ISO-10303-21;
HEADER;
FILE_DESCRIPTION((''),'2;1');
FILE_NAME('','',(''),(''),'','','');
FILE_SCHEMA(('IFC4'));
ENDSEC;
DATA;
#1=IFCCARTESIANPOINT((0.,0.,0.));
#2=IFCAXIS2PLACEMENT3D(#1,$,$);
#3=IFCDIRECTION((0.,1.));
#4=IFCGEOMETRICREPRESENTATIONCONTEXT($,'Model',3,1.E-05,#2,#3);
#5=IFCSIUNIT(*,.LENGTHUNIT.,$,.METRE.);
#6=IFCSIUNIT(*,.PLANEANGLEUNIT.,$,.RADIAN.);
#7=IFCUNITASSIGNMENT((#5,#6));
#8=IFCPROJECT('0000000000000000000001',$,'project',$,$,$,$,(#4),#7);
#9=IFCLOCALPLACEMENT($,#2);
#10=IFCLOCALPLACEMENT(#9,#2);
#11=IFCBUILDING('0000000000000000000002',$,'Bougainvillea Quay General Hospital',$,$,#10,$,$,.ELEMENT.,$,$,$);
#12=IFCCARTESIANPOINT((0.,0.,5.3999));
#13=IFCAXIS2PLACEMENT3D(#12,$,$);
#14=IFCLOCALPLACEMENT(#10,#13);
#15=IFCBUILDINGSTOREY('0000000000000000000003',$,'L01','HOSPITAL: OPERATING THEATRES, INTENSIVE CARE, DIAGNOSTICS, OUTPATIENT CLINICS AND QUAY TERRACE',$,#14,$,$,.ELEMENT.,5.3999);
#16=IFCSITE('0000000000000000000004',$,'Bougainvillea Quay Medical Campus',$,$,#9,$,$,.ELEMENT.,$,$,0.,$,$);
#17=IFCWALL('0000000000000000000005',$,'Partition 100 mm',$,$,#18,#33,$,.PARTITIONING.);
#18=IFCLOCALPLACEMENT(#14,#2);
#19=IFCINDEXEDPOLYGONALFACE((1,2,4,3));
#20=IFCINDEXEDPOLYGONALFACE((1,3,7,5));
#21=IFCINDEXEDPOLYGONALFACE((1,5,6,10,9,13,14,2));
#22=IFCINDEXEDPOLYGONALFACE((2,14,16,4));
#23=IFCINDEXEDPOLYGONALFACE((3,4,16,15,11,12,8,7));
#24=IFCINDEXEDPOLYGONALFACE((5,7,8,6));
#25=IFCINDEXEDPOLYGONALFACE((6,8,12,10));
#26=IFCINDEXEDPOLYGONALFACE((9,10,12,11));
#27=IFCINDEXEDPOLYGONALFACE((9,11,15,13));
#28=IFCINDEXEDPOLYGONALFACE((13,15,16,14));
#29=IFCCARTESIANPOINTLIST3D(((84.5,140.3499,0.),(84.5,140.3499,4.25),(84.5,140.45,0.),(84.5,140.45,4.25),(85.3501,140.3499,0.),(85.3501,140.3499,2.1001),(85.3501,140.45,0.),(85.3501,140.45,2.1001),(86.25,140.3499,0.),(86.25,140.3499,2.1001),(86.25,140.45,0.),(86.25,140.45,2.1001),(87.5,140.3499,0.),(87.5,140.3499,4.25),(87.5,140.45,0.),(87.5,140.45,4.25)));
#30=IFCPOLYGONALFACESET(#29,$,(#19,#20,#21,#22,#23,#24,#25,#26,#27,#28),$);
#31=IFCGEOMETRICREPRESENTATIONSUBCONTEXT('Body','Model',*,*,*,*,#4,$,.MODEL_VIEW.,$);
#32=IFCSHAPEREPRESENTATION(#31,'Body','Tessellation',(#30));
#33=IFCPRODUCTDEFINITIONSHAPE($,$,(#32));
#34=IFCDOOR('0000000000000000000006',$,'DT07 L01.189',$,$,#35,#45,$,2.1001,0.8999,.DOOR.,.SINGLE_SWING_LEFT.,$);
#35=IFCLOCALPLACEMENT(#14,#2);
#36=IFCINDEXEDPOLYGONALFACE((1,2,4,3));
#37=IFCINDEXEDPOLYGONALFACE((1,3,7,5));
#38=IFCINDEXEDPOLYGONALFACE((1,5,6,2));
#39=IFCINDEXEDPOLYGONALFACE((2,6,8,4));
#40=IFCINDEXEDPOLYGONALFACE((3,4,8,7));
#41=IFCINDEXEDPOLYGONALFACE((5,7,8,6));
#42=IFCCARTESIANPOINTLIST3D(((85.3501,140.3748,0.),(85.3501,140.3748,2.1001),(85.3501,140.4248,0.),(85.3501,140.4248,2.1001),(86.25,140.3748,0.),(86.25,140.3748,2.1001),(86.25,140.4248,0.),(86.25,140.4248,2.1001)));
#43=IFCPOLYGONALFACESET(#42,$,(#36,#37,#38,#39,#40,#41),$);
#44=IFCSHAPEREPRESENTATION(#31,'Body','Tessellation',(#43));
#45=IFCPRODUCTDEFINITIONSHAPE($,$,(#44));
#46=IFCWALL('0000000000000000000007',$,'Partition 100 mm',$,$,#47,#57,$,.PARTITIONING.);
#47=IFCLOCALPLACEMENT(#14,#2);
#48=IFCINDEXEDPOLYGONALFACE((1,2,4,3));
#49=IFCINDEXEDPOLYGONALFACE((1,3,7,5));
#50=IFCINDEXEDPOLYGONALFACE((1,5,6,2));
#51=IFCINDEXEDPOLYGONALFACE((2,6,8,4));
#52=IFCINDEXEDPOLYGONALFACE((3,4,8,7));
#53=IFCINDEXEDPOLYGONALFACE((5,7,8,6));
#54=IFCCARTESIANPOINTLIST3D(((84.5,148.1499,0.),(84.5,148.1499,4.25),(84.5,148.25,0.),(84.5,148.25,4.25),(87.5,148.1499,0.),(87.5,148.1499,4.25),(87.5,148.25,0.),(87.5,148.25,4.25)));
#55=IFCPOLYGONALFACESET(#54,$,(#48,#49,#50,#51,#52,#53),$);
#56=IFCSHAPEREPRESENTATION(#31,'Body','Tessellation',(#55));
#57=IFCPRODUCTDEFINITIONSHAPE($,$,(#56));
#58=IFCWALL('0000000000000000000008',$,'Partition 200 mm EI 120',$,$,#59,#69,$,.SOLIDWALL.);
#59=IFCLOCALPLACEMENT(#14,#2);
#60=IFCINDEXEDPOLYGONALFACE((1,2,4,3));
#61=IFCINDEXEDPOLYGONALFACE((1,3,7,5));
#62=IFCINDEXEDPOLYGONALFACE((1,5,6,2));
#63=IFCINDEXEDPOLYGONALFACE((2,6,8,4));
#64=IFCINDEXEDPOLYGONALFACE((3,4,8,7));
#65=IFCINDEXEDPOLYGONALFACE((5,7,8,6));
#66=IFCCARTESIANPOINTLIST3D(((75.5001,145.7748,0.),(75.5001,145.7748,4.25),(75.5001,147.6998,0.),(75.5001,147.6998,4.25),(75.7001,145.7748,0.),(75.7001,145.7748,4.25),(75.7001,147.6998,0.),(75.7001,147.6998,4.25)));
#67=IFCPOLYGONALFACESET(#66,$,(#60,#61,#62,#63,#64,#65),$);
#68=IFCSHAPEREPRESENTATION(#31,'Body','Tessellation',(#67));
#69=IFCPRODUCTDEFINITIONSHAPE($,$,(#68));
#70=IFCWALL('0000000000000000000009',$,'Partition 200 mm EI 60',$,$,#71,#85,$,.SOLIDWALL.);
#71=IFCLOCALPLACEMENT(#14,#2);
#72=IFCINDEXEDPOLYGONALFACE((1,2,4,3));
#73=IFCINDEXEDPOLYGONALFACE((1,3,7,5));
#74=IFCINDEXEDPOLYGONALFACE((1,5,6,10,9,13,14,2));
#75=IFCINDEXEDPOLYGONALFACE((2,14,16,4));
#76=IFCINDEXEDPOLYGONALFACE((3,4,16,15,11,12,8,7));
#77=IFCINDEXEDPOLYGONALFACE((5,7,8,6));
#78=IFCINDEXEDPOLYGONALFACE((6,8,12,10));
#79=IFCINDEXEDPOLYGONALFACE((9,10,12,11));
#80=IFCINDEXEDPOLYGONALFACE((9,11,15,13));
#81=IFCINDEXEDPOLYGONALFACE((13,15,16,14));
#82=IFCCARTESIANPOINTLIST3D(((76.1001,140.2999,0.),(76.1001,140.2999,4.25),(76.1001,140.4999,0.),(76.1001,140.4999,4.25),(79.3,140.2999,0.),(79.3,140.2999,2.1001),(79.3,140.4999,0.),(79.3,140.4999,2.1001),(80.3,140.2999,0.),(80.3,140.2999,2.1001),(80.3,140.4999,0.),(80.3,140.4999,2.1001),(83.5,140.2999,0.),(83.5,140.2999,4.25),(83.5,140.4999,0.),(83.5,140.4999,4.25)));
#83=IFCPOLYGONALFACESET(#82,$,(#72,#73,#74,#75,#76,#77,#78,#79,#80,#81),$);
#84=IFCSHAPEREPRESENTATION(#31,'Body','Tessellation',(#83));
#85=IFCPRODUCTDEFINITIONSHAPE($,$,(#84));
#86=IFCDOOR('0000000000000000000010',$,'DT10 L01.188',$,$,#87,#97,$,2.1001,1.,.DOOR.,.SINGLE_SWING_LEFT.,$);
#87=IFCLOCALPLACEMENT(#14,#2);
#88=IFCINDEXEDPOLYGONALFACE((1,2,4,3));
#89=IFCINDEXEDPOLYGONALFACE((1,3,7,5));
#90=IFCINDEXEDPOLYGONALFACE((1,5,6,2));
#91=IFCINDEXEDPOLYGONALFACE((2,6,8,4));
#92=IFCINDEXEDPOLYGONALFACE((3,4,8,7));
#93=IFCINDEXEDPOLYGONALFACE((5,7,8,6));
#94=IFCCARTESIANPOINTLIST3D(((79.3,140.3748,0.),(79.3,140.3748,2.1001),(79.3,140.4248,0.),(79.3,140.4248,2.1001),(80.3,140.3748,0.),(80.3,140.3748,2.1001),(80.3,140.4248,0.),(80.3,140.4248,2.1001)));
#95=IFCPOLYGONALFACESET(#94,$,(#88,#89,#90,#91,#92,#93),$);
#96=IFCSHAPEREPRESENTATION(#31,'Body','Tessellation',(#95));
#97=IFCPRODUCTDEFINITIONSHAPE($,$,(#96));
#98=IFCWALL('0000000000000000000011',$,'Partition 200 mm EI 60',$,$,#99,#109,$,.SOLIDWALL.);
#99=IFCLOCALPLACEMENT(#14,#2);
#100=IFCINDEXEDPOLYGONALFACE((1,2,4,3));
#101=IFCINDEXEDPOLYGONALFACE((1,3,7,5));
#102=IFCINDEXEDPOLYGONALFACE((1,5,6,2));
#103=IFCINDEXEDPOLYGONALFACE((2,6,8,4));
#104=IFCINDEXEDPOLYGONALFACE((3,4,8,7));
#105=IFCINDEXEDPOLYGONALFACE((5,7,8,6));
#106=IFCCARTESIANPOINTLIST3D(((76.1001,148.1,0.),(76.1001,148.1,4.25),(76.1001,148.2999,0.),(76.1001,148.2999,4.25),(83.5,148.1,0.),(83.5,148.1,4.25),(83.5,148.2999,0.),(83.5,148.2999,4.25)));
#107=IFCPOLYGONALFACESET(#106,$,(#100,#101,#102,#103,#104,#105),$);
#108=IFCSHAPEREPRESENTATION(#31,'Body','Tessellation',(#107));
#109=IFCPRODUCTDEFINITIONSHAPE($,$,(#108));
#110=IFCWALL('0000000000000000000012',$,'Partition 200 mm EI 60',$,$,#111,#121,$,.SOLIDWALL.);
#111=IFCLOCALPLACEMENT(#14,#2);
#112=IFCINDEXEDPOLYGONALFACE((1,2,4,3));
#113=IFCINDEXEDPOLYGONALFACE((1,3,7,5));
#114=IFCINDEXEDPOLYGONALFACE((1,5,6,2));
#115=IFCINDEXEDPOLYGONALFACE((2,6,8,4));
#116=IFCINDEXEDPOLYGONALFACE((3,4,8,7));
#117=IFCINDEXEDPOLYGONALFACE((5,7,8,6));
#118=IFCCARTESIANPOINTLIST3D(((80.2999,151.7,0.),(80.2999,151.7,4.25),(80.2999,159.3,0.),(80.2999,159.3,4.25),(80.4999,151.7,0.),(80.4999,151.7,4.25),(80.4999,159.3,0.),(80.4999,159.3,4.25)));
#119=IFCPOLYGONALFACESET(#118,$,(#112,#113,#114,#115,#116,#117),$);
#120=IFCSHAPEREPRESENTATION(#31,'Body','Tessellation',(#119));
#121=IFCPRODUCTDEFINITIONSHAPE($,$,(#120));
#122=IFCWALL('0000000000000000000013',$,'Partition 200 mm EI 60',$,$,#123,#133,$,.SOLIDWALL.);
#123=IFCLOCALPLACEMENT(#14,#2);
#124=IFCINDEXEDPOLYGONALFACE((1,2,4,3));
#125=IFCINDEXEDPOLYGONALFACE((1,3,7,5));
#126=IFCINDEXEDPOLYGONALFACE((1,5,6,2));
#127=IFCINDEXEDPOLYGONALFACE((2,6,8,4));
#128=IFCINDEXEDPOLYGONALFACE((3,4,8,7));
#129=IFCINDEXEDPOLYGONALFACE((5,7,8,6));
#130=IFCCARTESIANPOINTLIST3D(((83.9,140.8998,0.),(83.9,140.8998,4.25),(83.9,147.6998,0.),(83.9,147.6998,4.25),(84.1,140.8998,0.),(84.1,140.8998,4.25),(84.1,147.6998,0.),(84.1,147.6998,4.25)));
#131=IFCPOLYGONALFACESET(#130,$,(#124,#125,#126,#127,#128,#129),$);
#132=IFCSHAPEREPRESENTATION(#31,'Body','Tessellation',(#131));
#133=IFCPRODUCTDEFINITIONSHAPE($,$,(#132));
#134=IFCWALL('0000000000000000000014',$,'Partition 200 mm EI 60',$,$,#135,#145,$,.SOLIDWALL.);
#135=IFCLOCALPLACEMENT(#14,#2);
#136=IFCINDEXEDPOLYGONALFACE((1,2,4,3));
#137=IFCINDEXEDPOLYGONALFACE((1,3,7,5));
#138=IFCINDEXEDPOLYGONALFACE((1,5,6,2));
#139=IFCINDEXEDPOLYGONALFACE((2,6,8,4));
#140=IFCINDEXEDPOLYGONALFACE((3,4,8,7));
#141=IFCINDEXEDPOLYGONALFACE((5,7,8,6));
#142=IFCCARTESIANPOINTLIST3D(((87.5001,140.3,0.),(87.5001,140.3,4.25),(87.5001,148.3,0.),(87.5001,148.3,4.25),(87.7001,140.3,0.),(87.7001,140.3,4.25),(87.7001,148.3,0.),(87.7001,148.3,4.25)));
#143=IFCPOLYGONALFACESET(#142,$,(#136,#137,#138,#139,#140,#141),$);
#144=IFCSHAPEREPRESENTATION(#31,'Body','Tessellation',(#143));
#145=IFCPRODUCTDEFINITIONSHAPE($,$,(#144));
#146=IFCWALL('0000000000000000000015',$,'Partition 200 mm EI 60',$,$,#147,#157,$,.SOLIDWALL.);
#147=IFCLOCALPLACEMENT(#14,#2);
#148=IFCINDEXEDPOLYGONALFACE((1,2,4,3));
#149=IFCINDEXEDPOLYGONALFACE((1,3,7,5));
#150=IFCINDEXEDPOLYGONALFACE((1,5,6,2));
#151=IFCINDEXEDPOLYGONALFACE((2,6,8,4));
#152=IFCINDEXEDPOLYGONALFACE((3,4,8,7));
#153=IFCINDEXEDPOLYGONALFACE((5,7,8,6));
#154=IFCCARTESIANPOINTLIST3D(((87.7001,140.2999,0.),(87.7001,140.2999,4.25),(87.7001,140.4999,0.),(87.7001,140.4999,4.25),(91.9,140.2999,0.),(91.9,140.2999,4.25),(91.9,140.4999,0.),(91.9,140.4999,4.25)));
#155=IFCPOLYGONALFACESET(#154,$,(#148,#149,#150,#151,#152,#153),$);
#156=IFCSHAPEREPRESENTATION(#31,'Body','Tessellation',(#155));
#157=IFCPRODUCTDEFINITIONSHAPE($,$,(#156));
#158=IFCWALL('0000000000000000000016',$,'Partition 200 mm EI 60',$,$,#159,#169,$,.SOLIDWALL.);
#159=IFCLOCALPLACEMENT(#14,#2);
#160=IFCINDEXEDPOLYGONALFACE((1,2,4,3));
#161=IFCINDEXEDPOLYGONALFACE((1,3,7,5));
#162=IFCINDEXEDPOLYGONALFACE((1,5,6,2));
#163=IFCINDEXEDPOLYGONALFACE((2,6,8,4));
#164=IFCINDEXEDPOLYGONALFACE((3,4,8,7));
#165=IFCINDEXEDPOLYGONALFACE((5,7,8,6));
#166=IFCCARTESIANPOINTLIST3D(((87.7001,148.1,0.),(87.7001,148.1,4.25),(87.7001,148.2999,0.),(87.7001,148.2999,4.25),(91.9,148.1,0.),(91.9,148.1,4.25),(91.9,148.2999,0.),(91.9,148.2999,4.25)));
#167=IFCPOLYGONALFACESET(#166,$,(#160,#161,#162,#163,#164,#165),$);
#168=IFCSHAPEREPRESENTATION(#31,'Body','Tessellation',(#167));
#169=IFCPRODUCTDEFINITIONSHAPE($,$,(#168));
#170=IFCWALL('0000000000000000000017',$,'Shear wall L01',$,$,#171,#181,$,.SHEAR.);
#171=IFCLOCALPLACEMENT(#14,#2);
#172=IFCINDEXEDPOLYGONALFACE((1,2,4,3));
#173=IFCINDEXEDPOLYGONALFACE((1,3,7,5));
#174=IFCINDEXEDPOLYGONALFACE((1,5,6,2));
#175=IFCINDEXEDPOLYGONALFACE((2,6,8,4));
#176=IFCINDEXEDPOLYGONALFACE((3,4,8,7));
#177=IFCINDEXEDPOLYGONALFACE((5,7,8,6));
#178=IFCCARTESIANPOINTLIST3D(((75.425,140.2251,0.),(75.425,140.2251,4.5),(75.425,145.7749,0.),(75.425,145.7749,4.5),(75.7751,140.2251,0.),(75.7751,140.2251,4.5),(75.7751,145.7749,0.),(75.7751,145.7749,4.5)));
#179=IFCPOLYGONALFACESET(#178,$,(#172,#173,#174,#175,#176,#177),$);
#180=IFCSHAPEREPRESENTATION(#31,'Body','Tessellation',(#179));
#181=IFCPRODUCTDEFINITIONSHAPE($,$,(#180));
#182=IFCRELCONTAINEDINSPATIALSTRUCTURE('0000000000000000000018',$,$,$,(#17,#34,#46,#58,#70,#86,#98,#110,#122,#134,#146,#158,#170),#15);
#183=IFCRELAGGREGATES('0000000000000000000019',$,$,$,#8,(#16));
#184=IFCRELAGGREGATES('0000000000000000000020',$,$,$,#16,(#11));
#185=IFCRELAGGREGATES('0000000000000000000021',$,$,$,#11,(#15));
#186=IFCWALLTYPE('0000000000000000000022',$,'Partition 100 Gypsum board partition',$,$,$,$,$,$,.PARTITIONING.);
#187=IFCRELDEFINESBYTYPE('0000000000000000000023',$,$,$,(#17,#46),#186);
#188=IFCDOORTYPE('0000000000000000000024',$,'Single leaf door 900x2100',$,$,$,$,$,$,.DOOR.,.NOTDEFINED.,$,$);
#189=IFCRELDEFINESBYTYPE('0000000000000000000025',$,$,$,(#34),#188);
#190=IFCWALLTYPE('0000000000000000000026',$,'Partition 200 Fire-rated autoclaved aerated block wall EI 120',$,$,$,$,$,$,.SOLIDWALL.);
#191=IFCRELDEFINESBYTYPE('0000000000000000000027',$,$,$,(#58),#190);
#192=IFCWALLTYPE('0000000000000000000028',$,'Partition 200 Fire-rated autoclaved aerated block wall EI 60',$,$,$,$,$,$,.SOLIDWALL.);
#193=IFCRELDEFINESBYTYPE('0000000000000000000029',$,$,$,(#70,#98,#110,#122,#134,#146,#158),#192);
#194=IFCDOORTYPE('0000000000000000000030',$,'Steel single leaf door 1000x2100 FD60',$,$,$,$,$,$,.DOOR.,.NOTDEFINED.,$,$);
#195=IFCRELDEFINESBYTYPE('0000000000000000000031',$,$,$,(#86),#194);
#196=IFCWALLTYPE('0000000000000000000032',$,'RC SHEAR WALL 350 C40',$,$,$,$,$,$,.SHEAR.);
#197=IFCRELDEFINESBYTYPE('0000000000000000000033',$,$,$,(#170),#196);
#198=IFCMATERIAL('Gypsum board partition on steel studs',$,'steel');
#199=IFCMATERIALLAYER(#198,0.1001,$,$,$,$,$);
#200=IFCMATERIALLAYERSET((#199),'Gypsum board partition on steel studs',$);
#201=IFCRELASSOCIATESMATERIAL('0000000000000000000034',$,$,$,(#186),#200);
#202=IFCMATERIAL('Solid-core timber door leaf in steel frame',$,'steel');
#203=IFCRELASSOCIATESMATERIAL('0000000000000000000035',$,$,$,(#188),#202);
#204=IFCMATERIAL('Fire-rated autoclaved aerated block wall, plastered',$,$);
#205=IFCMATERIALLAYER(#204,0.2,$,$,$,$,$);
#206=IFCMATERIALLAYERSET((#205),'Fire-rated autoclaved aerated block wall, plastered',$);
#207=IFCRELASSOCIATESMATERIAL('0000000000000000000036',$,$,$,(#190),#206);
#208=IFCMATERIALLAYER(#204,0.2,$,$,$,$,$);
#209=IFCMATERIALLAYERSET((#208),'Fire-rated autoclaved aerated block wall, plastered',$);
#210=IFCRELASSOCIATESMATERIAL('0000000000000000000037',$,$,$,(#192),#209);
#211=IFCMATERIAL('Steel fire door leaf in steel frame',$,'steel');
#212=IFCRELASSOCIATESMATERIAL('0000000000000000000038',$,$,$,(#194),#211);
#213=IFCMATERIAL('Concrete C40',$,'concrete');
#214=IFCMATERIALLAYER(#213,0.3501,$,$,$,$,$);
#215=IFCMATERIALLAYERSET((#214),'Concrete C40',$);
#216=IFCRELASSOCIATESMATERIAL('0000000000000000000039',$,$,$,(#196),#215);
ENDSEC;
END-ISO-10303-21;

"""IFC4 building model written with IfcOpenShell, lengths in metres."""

from ifc_helpers import new_model, si_unit, direction, frame, frame_2d, origin, place, context, subcontext, project, spatial, rectangle, extrude, material, layer, layer_set, type_object, element, fill, save


model = new_model("IFC4")

# Units and contexts
model_context = context("Model", 3, precision=1e-05, world=origin(), true_north=direction((0.0, 1.0)))
body_context = subcontext(model_context, "Body", "Model", "MODEL_VIEW")
ifc_project = project(units=[si_unit("LENGTHUNIT", "METRE"), si_unit("PLANEANGLEUNIT", "RADIAN")], contexts=[model_context])

# Site, building, storey
site_placement = place(None, origin())
site = spatial("IfcSite", under=ifc_project, at=site_placement, Name="Bougainvillea Quay Medical Campus", CompositionType="ELEMENT", RefElevation=0.0)
building_placement = place(site_placement, origin())
building = spatial("IfcBuilding", under=site, at=building_placement, Name="Bougainvillea Quay General Hospital", CompositionType="ELEMENT")
storey_placement = place(building_placement, frame((0.0, 0.0, 5.3999)))
storey = spatial("IfcBuildingStorey", under=building, at=storey_placement, Name="L01", Description="HOSPITAL: OPERATING THEATRES, INTENSIVE CARE, DIAGNOSTICS, OUTPATIENT CLINICS AND QUAY TERRACE", CompositionType="ELEMENT", Elevation=5.3999)

# Shared definitions
ifc_material_1 = material(Name="Gypsum board partition on steel studs", Category="steel")
ifc_layer_1 = layer(ifc_material_1, 0.1001)
ifc_layer_set_1 = layer_set([ifc_layer_1], Name="Gypsum board partition on steel studs")
wall_type_1 = type_object("IfcWallType", Name="Partition 100 Gypsum board partition", PredefinedType="PARTITIONING", material=ifc_layer_set_1)

# Wall, opening, door
wall_1_placement = place(storey_placement, frame((84.5, 140.3999, 0.0), z_axis=(0.0, 0.0, 1.0), x_axis=(1.0, 0.0, 0.0)))
wall_1 = element("IfcWall", 1, at=wall_1_placement, inside=storey, type_object=wall_type_1, Name="Partition 100 mm", PredefinedType="PARTITIONING", context=body_context, shape_type="SweptSolid", body=[
    extrude(rectangle(XDim=3.0, YDim=0.1001, at=frame_2d((1.5, 0.0))), origin(), (0.0, 0.0, 1.0), 4.25),
])
opening_1_placement = place(wall_1_placement, frame((0.8501, 0.0, 0.0)))
opening_1 = element("IfcOpeningElement", 2, at=opening_1_placement, cuts=wall_1, PredefinedType="OPENING", context=body_context, shape_type="SweptSolid", body=[
    extrude(rectangle(XDim=0.8999, YDim=2.1001, at=frame_2d((0.45, 1.05))), frame((0.0, 0.0601, 0.0), z_axis=(0.0, -1.0, 0.0), x_axis=(1.0, 0.0, 0.0)), (0.0, 0.0, 1.0), 0.1201),
])
ifc_material_2 = material(Name="Solid-core timber door leaf in steel frame", Category="steel")
door_type_1 = type_object("IfcDoorType", Name="Single leaf door 900x2100", OperationType="NOTDEFINED", PredefinedType="DOOR", material=ifc_material_2)
door_1_placement = place(opening_1_placement, origin())
door_1 = element("IfcDoor", 3, at=door_1_placement, inside=storey, type_object=door_type_1, Name="DT07 L01.189", OperationType="SINGLE_SWING_LEFT", OverallHeight=2.1001, OverallWidth=0.8999, PredefinedType="DOOR", context=body_context, shape_type="SweptSolid", body=[
    extrude(rectangle(XDim=0.8999, YDim=2.1001, at=frame_2d((0.45, 1.05))), frame((0.0, 0.0249, 0.0), z_axis=(0.0, -1.0, 0.0), x_axis=(1.0, 0.0, 0.0)), (0.0, 0.0, 1.0), 0.05),
])
fill(opening_1, door_1)

# Walls
wall_2_placement = place(storey_placement, frame((84.5, 148.2, 0.0), z_axis=(0.0, 0.0, 1.0), x_axis=(1.0, 0.0, 0.0)))
element("IfcWall", 4, at=wall_2_placement, inside=storey, type_object=wall_type_1, Name="Partition 100 mm", PredefinedType="PARTITIONING", context=body_context, shape_type="SweptSolid", body=[
    extrude(rectangle(XDim=3.0, YDim=0.1001, at=frame_2d((1.5, 0.0))), origin(), (0.0, 0.0, 1.0), 4.25),
])
ifc_material_3 = material(Name="Fire-rated autoclaved aerated block wall, plastered")
ifc_layer_2 = layer(ifc_material_3, 0.2)
ifc_layer_set_2 = layer_set([ifc_layer_2], Name="Fire-rated autoclaved aerated block wall, plastered")
wall_type_2 = type_object("IfcWallType", Name="Partition 200 Fire-rated autoclaved aerated block wall EI 120", PredefinedType="SOLIDWALL", material=ifc_layer_set_2)
wall_3_placement = place(storey_placement, frame((75.6001, 145.7749, 0.0), z_axis=(0.0, 0.0, 1.0), x_axis=(0.0, 1.0, 0.0)))
element("IfcWall", 5, at=wall_3_placement, inside=storey, type_object=wall_type_2, Name="Partition 200 mm EI 120", PredefinedType="SOLIDWALL", context=body_context, shape_type="SweptSolid", body=[
    extrude(rectangle(XDim=1.925, YDim=0.2, at=frame_2d((0.9624, 0.0))), origin(), (0.0, 0.0, 1.0), 4.25),
])

# Wall, opening, door
ifc_layer_3 = layer(ifc_material_3, 0.2)
ifc_layer_set_3 = layer_set([ifc_layer_3], Name="Fire-rated autoclaved aerated block wall, plastered")
wall_type_3 = type_object("IfcWallType", Name="Partition 200 Fire-rated autoclaved aerated block wall EI 60", PredefinedType="SOLIDWALL", material=ifc_layer_set_3)
wall_4_placement = place(storey_placement, frame((76.1001, 140.3999, 0.0), z_axis=(0.0, 0.0, 1.0), x_axis=(1.0, 0.0, 0.0)))
wall_4 = element("IfcWall", 6, at=wall_4_placement, inside=storey, type_object=wall_type_3, Name="Partition 200 mm EI 60", PredefinedType="SOLIDWALL", context=body_context, shape_type="SweptSolid", body=[
    extrude(rectangle(XDim=7.3999, YDim=0.2, at=frame_2d((3.7, 0.0))), origin(), (0.0, 0.0, 1.0), 4.25),
])
opening_2_placement = place(wall_4_placement, frame((3.2, 0.0, 0.0)))
opening_2 = element("IfcOpeningElement", 7, at=opening_2_placement, cuts=wall_4, PredefinedType="OPENING", context=body_context, shape_type="SweptSolid", body=[
    extrude(rectangle(XDim=1.0, YDim=2.1001, at=frame_2d((0.5, 1.05))), frame((0.0, 0.1099, 0.0), z_axis=(0.0, -1.0, 0.0), x_axis=(1.0, 0.0, 0.0)), (0.0, 0.0, 1.0), 0.22),
])
ifc_material_4 = material(Name="Steel fire door leaf in steel frame", Category="steel")
door_type_2 = type_object("IfcDoorType", Name="Steel single leaf door 1000x2100 FD60", OperationType="NOTDEFINED", PredefinedType="DOOR", material=ifc_material_4)
door_2_placement = place(opening_2_placement, origin())
door_2 = element("IfcDoor", 8, at=door_2_placement, inside=storey, type_object=door_type_2, Name="DT10 L01.188", OperationType="SINGLE_SWING_LEFT", OverallHeight=2.1001, OverallWidth=1.0, PredefinedType="DOOR", context=body_context, shape_type="SweptSolid", body=[
    extrude(rectangle(XDim=1.0, YDim=2.1001, at=frame_2d((0.5, 1.05))), frame((0.0, 0.0249, 0.0), z_axis=(0.0, -1.0, 0.0), x_axis=(1.0, 0.0, 0.0)), (0.0, 0.0, 1.0), 0.05),
])
fill(opening_2, door_2)

# Walls
wall_5_placement = place(storey_placement, frame((76.1001, 148.2, 0.0), z_axis=(0.0, 0.0, 1.0), x_axis=(1.0, 0.0, 0.0)))
element("IfcWall", 9, at=wall_5_placement, inside=storey, type_object=wall_type_3, Name="Partition 200 mm EI 60", PredefinedType="SOLIDWALL", context=body_context, shape_type="SweptSolid", body=[
    extrude(rectangle(XDim=7.3999, YDim=0.2, at=frame_2d((3.7, 0.0))), origin(), (0.0, 0.0, 1.0), 4.25),
])
wall_6_placement = place(storey_placement, frame((80.3999, 151.7, 0.0), z_axis=(0.0, 0.0, 1.0), x_axis=(0.0, 1.0, 0.0)))
element("IfcWall", 10, at=wall_6_placement, inside=storey, type_object=wall_type_3, Name="Partition 200 mm EI 60", PredefinedType="SOLIDWALL", context=body_context, shape_type="SweptSolid", body=[
    extrude(rectangle(XDim=7.6001, YDim=0.2, at=frame_2d((3.8, 0.0))), origin(), (0.0, 0.0, 1.0), 4.25),
])
wall_7_placement = place(storey_placement, frame((84.0, 140.8999, 0.0), z_axis=(0.0, 0.0, 1.0), x_axis=(0.0, 1.0, 0.0)))
element("IfcWall", 11, at=wall_7_placement, inside=storey, type_object=wall_type_3, Name="Partition 200 mm EI 60", PredefinedType="SOLIDWALL", context=body_context, shape_type="SweptSolid", body=[
    extrude(rectangle(XDim=6.8, YDim=0.2, at=frame_2d((3.3999, 0.0))), origin(), (0.0, 0.0, 1.0), 4.25),
])
wall_8_placement = place(storey_placement, frame((87.6001, 140.3, 0.0), z_axis=(0.0, 0.0, 1.0), x_axis=(0.0, 1.0, 0.0)))
element("IfcWall", 12, at=wall_8_placement, inside=storey, type_object=wall_type_3, Name="Partition 200 mm EI 60", PredefinedType="SOLIDWALL", context=body_context, shape_type="SweptSolid", body=[
    extrude(rectangle(XDim=8.0, YDim=0.2, at=frame_2d((4.0, 0.0))), origin(), (0.0, 0.0, 1.0), 4.25),
])
for number, where, z_axis, x_axis, name in (
    (13, (87.7, 140.3999, 0.0), (0.0, 0.0, 1.0), (1.0, 0.0, 0.0), "Partition 200 mm EI 60"),
    (14, (87.7, 148.2, 0.0), (0.0, 0.0, 1.0), (1.0, 0.0, 0.0), "Partition 200 mm EI 60"),
):
    element("IfcWall", number, at=place(storey_placement, frame(where, z_axis=z_axis, x_axis=x_axis)), inside=storey, type_object=wall_type_3, Name=name, PredefinedType="SOLIDWALL", context=body_context, shape_type="SweptSolid", body=[
        extrude(rectangle(XDim=4.2, YDim=0.2, at=frame_2d((2.1001, 0.0))), origin(), (0.0, 0.0, 1.0), 4.25),
    ])
ifc_material_5 = material(Name="Concrete C40", Category="concrete")
ifc_layer_4 = layer(ifc_material_5, 0.3501)
ifc_layer_set_4 = layer_set([ifc_layer_4], Name="Concrete C40")
wall_type_4 = type_object("IfcWallType", Name="RC SHEAR WALL 350 C40", PredefinedType="SHEAR", material=ifc_layer_set_4)
wall_9_placement = place(storey_placement, frame((75.6001, 140.2251, 0.0), z_axis=(0.0, 0.0, 1.0), x_axis=(0.0, 1.0, 0.0)))
element("IfcWall", 15, at=wall_9_placement, inside=storey, type_object=wall_type_4, Name="Shear wall L01", PredefinedType="SHEAR", context=body_context, shape_type="SweptSolid", body=[
    extrude(rectangle(XDim=5.5498, YDim=0.3501, at=frame_2d((2.7749, 0.0))), origin(), (0.0, 0.0, 1.0), 4.5),
])

save(model, "model.ifc")
